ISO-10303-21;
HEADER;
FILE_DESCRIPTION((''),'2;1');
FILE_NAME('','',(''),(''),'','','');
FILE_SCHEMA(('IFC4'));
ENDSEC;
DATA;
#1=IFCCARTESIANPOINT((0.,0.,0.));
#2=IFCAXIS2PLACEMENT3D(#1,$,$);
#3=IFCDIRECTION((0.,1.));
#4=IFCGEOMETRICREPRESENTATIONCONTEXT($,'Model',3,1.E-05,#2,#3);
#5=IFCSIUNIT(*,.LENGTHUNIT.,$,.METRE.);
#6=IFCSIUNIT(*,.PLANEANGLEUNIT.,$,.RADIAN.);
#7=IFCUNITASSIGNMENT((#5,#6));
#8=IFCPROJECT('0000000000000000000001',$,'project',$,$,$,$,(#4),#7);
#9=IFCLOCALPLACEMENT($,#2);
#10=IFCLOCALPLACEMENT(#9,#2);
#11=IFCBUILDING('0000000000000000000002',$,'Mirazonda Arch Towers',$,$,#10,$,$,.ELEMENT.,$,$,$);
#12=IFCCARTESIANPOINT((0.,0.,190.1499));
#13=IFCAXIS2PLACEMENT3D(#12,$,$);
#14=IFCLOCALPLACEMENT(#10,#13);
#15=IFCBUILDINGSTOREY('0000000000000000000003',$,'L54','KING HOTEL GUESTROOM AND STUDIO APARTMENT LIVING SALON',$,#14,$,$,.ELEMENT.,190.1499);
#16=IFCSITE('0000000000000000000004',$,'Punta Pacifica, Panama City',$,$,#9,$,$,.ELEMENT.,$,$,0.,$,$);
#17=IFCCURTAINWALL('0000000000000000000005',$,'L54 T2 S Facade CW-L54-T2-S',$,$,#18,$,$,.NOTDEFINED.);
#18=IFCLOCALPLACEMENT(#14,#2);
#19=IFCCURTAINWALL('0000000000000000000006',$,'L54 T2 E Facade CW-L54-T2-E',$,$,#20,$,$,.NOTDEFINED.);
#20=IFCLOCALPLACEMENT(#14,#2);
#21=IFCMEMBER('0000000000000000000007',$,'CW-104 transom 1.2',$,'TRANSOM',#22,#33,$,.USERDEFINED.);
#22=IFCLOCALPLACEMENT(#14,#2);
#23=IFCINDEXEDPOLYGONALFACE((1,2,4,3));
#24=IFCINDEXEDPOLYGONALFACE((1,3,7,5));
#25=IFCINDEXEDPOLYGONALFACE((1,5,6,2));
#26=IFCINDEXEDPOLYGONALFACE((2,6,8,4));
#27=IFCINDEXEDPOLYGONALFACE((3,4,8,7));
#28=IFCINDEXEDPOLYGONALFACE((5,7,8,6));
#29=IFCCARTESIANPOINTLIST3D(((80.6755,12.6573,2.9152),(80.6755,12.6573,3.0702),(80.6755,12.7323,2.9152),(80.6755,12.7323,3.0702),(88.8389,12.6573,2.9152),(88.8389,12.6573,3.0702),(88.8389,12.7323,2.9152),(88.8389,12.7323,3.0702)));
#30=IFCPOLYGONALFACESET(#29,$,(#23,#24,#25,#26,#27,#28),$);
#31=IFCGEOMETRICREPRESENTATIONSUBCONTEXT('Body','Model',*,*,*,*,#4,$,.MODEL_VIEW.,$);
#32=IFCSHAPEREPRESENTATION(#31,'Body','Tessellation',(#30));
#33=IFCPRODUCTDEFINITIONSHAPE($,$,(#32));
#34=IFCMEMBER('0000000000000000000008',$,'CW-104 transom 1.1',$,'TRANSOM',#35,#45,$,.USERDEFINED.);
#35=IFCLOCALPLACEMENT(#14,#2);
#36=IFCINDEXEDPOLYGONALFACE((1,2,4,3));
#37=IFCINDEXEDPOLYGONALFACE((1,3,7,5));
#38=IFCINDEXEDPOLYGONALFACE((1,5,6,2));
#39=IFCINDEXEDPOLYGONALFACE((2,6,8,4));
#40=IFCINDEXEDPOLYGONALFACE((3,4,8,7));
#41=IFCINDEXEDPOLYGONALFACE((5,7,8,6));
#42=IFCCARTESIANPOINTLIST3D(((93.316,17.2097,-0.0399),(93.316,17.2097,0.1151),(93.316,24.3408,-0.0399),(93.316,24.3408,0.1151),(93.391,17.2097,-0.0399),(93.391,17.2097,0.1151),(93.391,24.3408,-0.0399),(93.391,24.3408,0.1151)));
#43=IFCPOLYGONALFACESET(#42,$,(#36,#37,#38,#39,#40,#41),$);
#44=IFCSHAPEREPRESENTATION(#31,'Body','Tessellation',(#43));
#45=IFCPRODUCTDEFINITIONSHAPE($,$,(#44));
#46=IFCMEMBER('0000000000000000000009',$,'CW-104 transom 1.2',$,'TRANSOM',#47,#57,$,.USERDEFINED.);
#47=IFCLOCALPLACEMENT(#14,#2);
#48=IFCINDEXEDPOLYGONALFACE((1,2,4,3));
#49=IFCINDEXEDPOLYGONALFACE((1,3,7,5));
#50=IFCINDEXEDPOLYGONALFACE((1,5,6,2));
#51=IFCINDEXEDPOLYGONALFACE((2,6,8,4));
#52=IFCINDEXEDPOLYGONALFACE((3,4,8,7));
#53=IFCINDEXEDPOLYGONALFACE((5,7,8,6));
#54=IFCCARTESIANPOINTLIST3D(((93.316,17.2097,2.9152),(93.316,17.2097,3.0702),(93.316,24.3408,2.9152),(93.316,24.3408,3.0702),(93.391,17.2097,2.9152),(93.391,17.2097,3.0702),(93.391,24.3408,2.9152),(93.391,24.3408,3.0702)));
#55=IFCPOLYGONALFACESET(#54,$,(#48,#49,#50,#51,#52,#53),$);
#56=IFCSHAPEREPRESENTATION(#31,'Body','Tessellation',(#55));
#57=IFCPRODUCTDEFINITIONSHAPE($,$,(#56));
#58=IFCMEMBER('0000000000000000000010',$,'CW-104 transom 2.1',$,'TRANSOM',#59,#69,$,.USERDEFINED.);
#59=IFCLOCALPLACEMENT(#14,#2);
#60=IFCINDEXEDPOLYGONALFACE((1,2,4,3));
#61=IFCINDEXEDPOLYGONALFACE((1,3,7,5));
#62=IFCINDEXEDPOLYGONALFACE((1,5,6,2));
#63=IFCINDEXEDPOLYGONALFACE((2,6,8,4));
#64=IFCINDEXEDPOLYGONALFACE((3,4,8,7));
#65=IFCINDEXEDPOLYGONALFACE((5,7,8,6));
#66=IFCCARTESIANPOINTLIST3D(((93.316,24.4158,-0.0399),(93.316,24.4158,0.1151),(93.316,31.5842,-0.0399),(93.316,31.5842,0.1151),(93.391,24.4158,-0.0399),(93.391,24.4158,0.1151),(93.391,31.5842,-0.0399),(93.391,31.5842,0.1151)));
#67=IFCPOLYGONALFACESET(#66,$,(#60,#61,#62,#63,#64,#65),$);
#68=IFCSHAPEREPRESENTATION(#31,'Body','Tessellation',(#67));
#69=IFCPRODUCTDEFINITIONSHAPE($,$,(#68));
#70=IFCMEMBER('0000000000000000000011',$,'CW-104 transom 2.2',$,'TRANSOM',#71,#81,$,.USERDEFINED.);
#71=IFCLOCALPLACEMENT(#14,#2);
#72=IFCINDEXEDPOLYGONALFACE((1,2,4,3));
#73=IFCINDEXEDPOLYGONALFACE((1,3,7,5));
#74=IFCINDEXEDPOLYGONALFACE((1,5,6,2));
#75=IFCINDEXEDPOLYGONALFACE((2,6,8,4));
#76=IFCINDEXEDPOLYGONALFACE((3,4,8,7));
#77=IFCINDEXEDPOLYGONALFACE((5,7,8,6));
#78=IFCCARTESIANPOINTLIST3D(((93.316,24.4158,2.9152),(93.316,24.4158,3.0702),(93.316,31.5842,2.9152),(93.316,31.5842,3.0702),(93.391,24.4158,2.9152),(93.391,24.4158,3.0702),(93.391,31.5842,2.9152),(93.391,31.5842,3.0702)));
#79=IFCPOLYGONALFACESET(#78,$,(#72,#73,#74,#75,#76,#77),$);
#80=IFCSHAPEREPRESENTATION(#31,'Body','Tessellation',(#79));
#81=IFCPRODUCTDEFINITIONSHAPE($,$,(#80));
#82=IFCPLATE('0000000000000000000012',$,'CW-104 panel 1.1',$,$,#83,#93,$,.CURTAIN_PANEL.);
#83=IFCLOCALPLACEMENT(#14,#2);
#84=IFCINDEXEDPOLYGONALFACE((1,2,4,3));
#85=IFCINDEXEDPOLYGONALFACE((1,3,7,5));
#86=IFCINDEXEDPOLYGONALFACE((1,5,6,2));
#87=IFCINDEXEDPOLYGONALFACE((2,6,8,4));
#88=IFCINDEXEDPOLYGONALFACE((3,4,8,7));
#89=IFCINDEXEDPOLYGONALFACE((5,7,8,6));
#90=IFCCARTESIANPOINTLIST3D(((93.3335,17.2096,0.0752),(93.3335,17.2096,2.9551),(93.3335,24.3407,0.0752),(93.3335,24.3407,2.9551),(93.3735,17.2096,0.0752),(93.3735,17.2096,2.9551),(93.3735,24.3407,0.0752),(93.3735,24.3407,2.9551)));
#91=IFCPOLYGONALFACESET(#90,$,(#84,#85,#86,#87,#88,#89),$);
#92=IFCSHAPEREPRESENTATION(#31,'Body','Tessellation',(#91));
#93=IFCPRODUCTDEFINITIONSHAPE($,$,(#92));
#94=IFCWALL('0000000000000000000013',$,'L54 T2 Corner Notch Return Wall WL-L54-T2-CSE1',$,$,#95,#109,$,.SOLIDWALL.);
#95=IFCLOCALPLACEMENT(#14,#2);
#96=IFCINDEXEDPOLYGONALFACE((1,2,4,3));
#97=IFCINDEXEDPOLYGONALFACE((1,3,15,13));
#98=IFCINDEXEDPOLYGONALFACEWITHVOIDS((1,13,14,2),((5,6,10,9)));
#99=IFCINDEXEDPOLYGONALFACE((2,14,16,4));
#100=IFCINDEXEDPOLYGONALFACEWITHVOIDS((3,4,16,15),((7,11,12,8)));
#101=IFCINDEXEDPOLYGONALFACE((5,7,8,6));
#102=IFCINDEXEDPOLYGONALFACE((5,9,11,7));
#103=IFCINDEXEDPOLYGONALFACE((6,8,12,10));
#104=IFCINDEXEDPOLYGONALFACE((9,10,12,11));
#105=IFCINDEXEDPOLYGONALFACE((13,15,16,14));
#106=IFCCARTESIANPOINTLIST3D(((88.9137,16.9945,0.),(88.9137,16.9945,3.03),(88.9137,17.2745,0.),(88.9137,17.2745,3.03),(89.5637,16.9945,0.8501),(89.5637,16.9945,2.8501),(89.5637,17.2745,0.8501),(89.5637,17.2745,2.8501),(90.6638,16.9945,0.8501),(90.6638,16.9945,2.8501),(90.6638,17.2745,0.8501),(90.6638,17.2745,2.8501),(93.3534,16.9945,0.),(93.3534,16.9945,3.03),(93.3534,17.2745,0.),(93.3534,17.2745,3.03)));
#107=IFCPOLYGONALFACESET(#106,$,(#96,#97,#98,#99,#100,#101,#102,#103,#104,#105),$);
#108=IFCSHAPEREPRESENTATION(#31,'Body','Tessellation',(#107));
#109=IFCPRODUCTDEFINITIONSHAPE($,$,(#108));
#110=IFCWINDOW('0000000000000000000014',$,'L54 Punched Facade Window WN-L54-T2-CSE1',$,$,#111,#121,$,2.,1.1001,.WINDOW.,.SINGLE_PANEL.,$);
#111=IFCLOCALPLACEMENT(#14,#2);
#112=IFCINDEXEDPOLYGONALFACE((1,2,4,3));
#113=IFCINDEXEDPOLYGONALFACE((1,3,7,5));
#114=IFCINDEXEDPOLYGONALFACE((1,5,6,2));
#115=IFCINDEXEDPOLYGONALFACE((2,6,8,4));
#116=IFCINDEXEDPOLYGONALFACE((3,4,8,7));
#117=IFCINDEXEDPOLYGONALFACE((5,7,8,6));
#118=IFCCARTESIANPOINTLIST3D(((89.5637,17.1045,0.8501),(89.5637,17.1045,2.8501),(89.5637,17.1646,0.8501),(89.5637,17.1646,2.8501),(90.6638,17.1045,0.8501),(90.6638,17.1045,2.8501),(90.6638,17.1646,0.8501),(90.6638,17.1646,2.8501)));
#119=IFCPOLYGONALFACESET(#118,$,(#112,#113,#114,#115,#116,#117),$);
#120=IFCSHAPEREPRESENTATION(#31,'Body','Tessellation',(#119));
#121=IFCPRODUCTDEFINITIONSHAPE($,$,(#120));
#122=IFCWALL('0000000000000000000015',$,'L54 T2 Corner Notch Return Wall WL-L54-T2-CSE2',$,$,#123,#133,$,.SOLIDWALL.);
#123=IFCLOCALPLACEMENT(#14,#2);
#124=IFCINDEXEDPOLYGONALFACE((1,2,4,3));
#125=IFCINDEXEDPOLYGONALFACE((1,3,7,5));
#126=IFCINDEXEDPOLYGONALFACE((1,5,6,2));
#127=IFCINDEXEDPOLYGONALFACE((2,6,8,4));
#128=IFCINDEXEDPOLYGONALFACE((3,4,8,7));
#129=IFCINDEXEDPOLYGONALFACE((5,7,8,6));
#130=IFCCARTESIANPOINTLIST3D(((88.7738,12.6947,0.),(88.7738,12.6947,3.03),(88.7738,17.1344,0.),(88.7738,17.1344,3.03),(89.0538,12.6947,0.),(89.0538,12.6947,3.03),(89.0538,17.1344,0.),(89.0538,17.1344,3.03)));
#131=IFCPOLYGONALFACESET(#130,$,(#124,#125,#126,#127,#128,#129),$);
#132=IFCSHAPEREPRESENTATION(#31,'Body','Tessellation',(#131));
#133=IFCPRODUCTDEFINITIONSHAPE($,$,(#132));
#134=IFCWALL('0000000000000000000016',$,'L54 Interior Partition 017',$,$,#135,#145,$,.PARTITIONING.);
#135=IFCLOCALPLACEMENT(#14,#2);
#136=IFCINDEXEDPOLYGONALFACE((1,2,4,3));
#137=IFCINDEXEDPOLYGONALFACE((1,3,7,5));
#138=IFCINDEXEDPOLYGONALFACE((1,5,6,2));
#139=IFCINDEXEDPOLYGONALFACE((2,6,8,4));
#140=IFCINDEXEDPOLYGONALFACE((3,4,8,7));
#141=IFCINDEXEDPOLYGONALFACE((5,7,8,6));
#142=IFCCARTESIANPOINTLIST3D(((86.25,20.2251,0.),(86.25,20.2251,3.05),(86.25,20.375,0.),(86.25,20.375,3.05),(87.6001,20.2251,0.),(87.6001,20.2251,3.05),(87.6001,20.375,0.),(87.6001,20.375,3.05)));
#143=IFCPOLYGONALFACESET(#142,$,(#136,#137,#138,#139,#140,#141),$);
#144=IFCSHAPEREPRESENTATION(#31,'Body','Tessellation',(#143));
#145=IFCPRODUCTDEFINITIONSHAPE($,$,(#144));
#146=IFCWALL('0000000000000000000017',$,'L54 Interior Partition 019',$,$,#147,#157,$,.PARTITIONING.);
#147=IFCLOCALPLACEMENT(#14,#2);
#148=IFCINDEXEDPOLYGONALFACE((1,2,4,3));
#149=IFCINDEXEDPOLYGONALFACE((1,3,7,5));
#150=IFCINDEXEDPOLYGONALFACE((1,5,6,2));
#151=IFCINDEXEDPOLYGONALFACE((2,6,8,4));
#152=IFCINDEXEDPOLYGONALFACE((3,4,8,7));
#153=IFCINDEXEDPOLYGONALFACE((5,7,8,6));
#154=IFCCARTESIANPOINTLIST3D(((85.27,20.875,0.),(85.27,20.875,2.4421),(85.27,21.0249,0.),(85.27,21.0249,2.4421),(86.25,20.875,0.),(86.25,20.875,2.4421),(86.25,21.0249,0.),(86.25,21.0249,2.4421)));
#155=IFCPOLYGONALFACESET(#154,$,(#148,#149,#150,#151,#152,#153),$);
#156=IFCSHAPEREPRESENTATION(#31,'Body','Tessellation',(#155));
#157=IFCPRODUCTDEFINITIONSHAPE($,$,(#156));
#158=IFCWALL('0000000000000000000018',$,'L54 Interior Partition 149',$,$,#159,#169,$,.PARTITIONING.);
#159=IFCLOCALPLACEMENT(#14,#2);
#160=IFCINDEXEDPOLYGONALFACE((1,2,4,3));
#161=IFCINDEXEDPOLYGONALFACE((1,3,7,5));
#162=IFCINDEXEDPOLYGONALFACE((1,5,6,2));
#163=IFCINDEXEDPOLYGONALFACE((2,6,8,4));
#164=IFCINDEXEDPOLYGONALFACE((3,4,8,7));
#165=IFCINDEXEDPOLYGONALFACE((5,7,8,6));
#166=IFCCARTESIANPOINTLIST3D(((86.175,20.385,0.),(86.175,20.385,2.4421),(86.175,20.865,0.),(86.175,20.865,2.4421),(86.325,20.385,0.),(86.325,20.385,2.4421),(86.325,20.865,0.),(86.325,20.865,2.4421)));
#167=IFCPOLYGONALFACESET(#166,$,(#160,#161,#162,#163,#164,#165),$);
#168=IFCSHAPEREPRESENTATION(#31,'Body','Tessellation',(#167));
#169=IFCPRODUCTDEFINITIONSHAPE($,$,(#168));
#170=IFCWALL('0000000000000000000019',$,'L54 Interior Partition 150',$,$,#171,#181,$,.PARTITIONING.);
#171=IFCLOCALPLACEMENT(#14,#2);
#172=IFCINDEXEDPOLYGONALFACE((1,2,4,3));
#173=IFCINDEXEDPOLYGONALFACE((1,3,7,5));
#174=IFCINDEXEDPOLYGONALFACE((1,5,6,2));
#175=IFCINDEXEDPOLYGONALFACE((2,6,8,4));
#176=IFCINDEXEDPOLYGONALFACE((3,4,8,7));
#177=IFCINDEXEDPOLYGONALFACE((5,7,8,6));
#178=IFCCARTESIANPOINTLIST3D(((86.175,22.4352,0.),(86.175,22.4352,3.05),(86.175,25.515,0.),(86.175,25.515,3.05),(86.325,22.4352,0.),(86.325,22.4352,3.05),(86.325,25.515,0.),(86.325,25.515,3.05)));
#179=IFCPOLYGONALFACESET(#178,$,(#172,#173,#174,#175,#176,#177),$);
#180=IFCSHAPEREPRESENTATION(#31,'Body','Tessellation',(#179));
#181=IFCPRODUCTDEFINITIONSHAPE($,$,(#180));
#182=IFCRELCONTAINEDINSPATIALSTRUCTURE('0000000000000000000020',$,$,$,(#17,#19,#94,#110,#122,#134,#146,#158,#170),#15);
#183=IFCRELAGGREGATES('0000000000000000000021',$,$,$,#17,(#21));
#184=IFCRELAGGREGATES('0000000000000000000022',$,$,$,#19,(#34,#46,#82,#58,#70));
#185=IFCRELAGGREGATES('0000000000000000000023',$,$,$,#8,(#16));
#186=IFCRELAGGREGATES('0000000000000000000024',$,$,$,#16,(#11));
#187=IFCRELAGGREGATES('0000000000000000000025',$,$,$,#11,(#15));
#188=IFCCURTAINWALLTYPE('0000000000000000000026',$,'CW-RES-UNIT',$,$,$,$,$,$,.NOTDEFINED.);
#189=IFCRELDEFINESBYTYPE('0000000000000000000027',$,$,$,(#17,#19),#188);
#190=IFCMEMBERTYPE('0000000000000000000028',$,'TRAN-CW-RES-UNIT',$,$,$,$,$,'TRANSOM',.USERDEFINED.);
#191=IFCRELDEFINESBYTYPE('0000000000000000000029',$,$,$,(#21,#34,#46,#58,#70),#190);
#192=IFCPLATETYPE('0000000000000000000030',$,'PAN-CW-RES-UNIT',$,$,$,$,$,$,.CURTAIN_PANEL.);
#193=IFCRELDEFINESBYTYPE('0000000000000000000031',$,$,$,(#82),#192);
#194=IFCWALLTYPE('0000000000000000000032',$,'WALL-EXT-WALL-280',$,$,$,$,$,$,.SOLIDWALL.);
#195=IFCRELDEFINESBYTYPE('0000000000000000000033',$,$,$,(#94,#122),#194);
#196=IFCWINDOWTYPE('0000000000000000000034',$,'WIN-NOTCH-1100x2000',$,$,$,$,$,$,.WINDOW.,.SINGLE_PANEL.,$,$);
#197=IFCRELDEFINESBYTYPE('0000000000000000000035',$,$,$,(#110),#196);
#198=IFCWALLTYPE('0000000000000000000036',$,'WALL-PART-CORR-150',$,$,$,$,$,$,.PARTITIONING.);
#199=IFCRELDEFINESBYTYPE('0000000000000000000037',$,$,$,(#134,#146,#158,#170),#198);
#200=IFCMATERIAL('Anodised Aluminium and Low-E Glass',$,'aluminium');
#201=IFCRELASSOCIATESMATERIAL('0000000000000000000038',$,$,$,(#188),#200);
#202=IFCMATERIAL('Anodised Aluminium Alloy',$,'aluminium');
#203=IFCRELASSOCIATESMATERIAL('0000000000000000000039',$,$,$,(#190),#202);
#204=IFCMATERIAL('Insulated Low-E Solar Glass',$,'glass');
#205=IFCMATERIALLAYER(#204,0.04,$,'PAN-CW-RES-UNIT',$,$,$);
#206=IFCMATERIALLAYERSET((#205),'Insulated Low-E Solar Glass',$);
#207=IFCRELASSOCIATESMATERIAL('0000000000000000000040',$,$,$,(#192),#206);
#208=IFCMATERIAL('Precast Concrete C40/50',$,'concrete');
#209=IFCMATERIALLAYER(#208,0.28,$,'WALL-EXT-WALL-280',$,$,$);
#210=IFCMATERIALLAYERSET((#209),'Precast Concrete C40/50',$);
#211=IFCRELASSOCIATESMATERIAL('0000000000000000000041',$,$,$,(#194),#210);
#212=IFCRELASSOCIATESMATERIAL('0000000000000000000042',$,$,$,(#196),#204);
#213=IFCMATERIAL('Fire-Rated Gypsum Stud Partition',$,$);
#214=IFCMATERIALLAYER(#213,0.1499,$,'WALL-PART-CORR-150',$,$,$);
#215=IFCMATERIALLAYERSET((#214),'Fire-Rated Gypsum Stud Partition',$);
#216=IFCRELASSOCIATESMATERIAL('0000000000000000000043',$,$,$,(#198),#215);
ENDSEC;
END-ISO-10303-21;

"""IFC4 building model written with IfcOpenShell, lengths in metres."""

from ifc_helpers import new_model, si_unit, direction, frame, frame_2d, origin, origin_2d, place, context, subcontext, project, spatial, rectangle, extrude, material, layer, layer_set, material_profile, profile_set, type_object, element, fill, aggregate, save


model = new_model("IFC4")

# Units and contexts
model_context = context("Model", 3, precision=1e-05, world=origin(), true_north=direction((0.0, 1.0)))
body_context = subcontext(model_context, "Body", "Model", "MODEL_VIEW")
ifc_project = project(units=[si_unit("LENGTHUNIT", "METRE"), si_unit("PLANEANGLEUNIT", "RADIAN")], contexts=[model_context])

# Site, building, storey
site_placement = place(None, origin())
site = spatial("IfcSite", under=ifc_project, at=site_placement, Name="Punta Pacifica, Panama City", CompositionType="ELEMENT", RefElevation=0.0)
building_placement = place(site_placement, origin())
building = spatial("IfcBuilding", under=site, at=building_placement, Name="Mirazonda Arch Towers", CompositionType="ELEMENT")
storey_placement = place(building_placement, frame((0.0, 0.0, 190.1499)))
storey = spatial("IfcBuildingStorey", under=building, at=storey_placement, Name="L54", Description="KING HOTEL GUESTROOM AND STUDIO APARTMENT LIVING SALON", CompositionType="ELEMENT", Elevation=190.1499)

# Curtain wall
ifc_material_1 = material(Name="Anodised Aluminium and Low-E Glass", Category="aluminium")
curtain_wall_type = type_object("IfcCurtainWallType", Name="CW-RES-UNIT", PredefinedType="NOTDEFINED", material=ifc_material_1)
curtain_wall_1_placement = place(storey_placement, origin())
curtain_wall_1 = element("IfcCurtainWall", 1, at=curtain_wall_1_placement, inside=storey, type_object=curtain_wall_type, Name="L54 T2 S Facade CW-L54-T2-S", PredefinedType="NOTDEFINED")
ifc_material_2 = material(Name="Anodised Aluminium Alloy", Category="aluminium")

# Curtain wall
curtain_wall_2_placement = place(storey_placement, origin())
curtain_wall_2 = element("IfcCurtainWall", 2, at=curtain_wall_2_placement, inside=storey, type_object=curtain_wall_type, Name="L54 T2 E Facade CW-L54-T2-E", PredefinedType="NOTDEFINED")

# Members
ifc_material_profile_1 = material_profile(ifc_material_2, rectangle(XDim=0.075, YDim=0.155, at=origin_2d()), Name="ALU-TRAN-75x155")
ifc_profile_set_1 = profile_set([ifc_material_profile_1], Name="Anodised Aluminium Alloy")
member_type_1 = type_object("IfcMemberType", Name="TRAN-CW-RES-UNIT", ElementType="TRANSOM", PredefinedType="USERDEFINED", material=ifc_profile_set_1)
member_1_placement = place(storey_placement, frame((88.8389, 12.6948, 2.9927), z_axis=(-1.0, 0.0, 0.0), x_axis=(0.0, -1.0, 0.0)))
member_1 = element("IfcMember", 3, at=member_1_placement, type_object=member_type_1, Name="CW-104 transom 1.2", ObjectType="TRANSOM", PredefinedType="USERDEFINED", context=body_context, shape_type="SweptSolid", body=[
    extrude(rectangle(XDim=0.075, YDim=0.155, at=origin_2d()), origin(), (0.0, 0.0, 1.0), 8.1633),
])
aggregate(curtain_wall_1, [member_1])
member_2_placement = place(storey_placement, frame((93.3535, 17.2097, 0.0376), z_axis=(0.0, 1.0, 0.0), x_axis=(-1.0, 0.0, 0.0)))
member_2 = element("IfcMember", 4, at=member_2_placement, type_object=member_type_1, Name="CW-104 transom 1.1", ObjectType="TRANSOM", PredefinedType="USERDEFINED", context=body_context, shape_type="SweptSolid", body=[
    extrude(rectangle(XDim=0.075, YDim=0.155, at=origin_2d()), origin(), (0.0, 0.0, 1.0), 7.1311),
])
member_3_placement = place(storey_placement, frame((93.3535, 17.2097, 2.9927), z_axis=(0.0, 1.0, 0.0), x_axis=(-1.0, 0.0, 0.0)))
member_3 = element("IfcMember", 5, at=member_3_placement, type_object=member_type_1, Name="CW-104 transom 1.2", ObjectType="TRANSOM", PredefinedType="USERDEFINED", context=body_context, shape_type="SweptSolid", body=[
    extrude(rectangle(XDim=0.075, YDim=0.155, at=origin_2d()), origin(), (0.0, 0.0, 1.0), 7.1311),
])
member_4_placement = place(storey_placement, frame((93.3535, 24.4158, 0.0376), z_axis=(0.0, 1.0, 0.0), x_axis=(-1.0, 0.0, 0.0)))
member_4 = element("IfcMember", 6, at=member_4_placement, type_object=member_type_1, Name="CW-104 transom 2.1", ObjectType="TRANSOM", PredefinedType="USERDEFINED", context=body_context, shape_type="SweptSolid", body=[
    extrude(rectangle(XDim=0.075, YDim=0.155, at=origin_2d()), origin(), (0.0, 0.0, 1.0), 7.1685),
])
member_5_placement = place(storey_placement, frame((93.3535, 24.4158, 2.9927), z_axis=(0.0, 1.0, 0.0), x_axis=(-1.0, 0.0, 0.0)))
member_5 = element("IfcMember", 7, at=member_5_placement, type_object=member_type_1, Name="CW-104 transom 2.2", ObjectType="TRANSOM", PredefinedType="USERDEFINED", context=body_context, shape_type="SweptSolid", body=[
    extrude(rectangle(XDim=0.075, YDim=0.155, at=origin_2d()), origin(), (0.0, 0.0, 1.0), 7.1685),
])

# Plate
ifc_material_3 = material(Name="Insulated Low-E Solar Glass", Category="glass")
ifc_layer_1 = layer(ifc_material_3, 0.04, Name="PAN-CW-RES-UNIT")
ifc_layer_set_1 = layer_set([ifc_layer_1], Name="Insulated Low-E Solar Glass")
plate_type = type_object("IfcPlateType", Name="PAN-CW-RES-UNIT", PredefinedType="CURTAIN_PANEL", material=ifc_layer_set_1)
plate_placement = place(storey_placement, frame((93.3535, 20.7751, 0.0752), z_axis=(0.0, 0.0, 1.0), x_axis=(0.0, 1.0, 0.0)))
plate = element("IfcPlate", 8, at=plate_placement, type_object=plate_type, Name="CW-104 panel 1.1", PredefinedType="CURTAIN_PANEL", context=body_context, shape_type="SweptSolid", body=[
    extrude(rectangle(XDim=7.1311, YDim=0.04, at=origin_2d()), origin(), (0.0, 0.0, 1.0), 2.8799),
])
aggregate(curtain_wall_2, [member_2, member_3, plate, member_4, member_5])

# Wall, opening, window
ifc_material_4 = material(Name="Precast Concrete C40/50", Category="concrete")
ifc_layer_2 = layer(ifc_material_4, 0.28, Name="WALL-EXT-WALL-280")
ifc_layer_set_2 = layer_set([ifc_layer_2], Name="Precast Concrete C40/50")
wall_type_1 = type_object("IfcWallType", Name="WALL-EXT-WALL-280", PredefinedType="SOLIDWALL", material=ifc_layer_set_2)
wall_1_placement = place(storey_placement, frame((88.9138, 17.1345, 0.0), z_axis=(0.0, 0.0, 1.0), x_axis=(1.0, 0.0, 0.0)))
wall_1 = element("IfcWall", 9, at=wall_1_placement, inside=storey, type_object=wall_type_1, Name="L54 T2 Corner Notch Return Wall WL-L54-T2-CSE1", PredefinedType="SOLIDWALL", context=body_context, shape_type="SweptSolid", body=[
    extrude(rectangle(XDim=4.4397, YDim=0.28, at=frame_2d((2.2197, 0.0))), origin(), (0.0, 0.0, 1.0), 3.03),
])
opening_1_placement = place(wall_1_placement, frame((0.6499, 0.0, 0.8501)))
opening_1 = element("IfcOpeningElement", 10, at=opening_1_placement, cuts=wall_1, PredefinedType="OPENING", context=body_context, shape_type="SweptSolid", body=[
    extrude(rectangle(XDim=1.1001, YDim=2.0, at=frame_2d((0.55, 1.0))), frame((0.0, 0.1499, 0.0), z_axis=(0.0, -1.0, 0.0), x_axis=(1.0, 0.0, 0.0)), (0.0, 0.0, 1.0), 0.3),
])
window_type = type_object("IfcWindowType", Name="WIN-NOTCH-1100x2000", PartitioningType="SINGLE_PANEL", PredefinedType="WINDOW", material=ifc_material_3)
window_placement = place(opening_1_placement, origin())
window = element("IfcWindow", 11, at=window_placement, inside=storey, type_object=window_type, Name="L54 Punched Facade Window WN-L54-T2-CSE1", OverallHeight=2.0, OverallWidth=1.1001, PartitioningType="SINGLE_PANEL", PredefinedType="WINDOW", context=body_context, shape_type="SweptSolid", body=[
    extrude(rectangle(XDim=1.1001, YDim=2.0, at=frame_2d((0.55, 1.0))), frame((0.0, 0.03, 0.0), z_axis=(0.0, -1.0, 0.0), x_axis=(1.0, 0.0, 0.0)), (0.0, 0.0, 1.0), 0.0601),
])
fill(opening_1, window)

# Walls
wall_2_placement = place(storey_placement, frame((88.9138, 12.6948, 0.0), z_axis=(0.0, 0.0, 1.0), x_axis=(0.0, 1.0, 0.0)))
element("IfcWall", 12, at=wall_2_placement, inside=storey, type_object=wall_type_1, Name="L54 T2 Corner Notch Return Wall WL-L54-T2-CSE2", PredefinedType="SOLIDWALL", context=body_context, shape_type="SweptSolid", body=[
    extrude(rectangle(XDim=4.4397, YDim=0.28, at=frame_2d((2.2197, 0.0))), origin(), (0.0, 0.0, 1.0), 3.03),
])
ifc_material_5 = material(Name="Fire-Rated Gypsum Stud Partition")
ifc_layer_3 = layer(ifc_material_5, 0.1499, Name="WALL-PART-CORR-150")
ifc_layer_set_3 = layer_set([ifc_layer_3], Name="Fire-Rated Gypsum Stud Partition")
wall_type_2 = type_object("IfcWallType", Name="WALL-PART-CORR-150", PredefinedType="PARTITIONING", material=ifc_layer_set_3)
wall_3_placement = place(storey_placement, frame((86.25, 20.3, 0.0), z_axis=(0.0, 0.0, 1.0), x_axis=(1.0, 0.0, 0.0)))
element("IfcWall", 13, at=wall_3_placement, inside=storey, type_object=wall_type_2, Name="L54 Interior Partition 017", PredefinedType="PARTITIONING", context=body_context, shape_type="SweptSolid", body=[
    extrude(rectangle(XDim=1.3501, YDim=0.1499, at=frame_2d((0.675, 0.0))), origin(), (0.0, 0.0, 1.0), 3.05),
])
wall_4_placement = place(storey_placement, frame((85.27, 20.95, 0.0), z_axis=(0.0, 0.0, 1.0), x_axis=(1.0, 0.0, 0.0)))
element("IfcWall", 14, at=wall_4_placement, inside=storey, type_object=wall_type_2, Name="L54 Interior Partition 019", PredefinedType="PARTITIONING", context=body_context, shape_type="SweptSolid", body=[
    extrude(rectangle(XDim=0.98, YDim=0.1499, at=frame_2d((0.49, 0.0))), origin(), (0.0, 0.0, 1.0), 2.4421),
])
wall_5_placement = place(storey_placement, frame((86.25, 20.385, 0.0), z_axis=(0.0, 0.0, 1.0), x_axis=(0.0, 1.0, 0.0)))
element("IfcWall", 15, at=wall_5_placement, inside=storey, type_object=wall_type_2, Name="L54 Interior Partition 149", PredefinedType="PARTITIONING", context=body_context, shape_type="SweptSolid", body=[
    extrude(rectangle(XDim=0.48, YDim=0.1499, at=frame_2d((0.24, 0.0))), origin(), (0.0, 0.0, 1.0), 2.4421),
])
wall_6_placement = place(storey_placement, frame((86.25, 22.4351, 0.0), z_axis=(0.0, 0.0, 1.0), x_axis=(0.0, 1.0, 0.0)))
element("IfcWall", 16, at=wall_6_placement, inside=storey, type_object=wall_type_2, Name="L54 Interior Partition 150", PredefinedType="PARTITIONING", context=body_context, shape_type="SweptSolid", body=[
    extrude(rectangle(XDim=3.0798, YDim=0.1499, at=frame_2d((1.54, 0.0))), origin(), (0.0, 0.0, 1.0), 3.05),
])

save(model, "model.ifc")
